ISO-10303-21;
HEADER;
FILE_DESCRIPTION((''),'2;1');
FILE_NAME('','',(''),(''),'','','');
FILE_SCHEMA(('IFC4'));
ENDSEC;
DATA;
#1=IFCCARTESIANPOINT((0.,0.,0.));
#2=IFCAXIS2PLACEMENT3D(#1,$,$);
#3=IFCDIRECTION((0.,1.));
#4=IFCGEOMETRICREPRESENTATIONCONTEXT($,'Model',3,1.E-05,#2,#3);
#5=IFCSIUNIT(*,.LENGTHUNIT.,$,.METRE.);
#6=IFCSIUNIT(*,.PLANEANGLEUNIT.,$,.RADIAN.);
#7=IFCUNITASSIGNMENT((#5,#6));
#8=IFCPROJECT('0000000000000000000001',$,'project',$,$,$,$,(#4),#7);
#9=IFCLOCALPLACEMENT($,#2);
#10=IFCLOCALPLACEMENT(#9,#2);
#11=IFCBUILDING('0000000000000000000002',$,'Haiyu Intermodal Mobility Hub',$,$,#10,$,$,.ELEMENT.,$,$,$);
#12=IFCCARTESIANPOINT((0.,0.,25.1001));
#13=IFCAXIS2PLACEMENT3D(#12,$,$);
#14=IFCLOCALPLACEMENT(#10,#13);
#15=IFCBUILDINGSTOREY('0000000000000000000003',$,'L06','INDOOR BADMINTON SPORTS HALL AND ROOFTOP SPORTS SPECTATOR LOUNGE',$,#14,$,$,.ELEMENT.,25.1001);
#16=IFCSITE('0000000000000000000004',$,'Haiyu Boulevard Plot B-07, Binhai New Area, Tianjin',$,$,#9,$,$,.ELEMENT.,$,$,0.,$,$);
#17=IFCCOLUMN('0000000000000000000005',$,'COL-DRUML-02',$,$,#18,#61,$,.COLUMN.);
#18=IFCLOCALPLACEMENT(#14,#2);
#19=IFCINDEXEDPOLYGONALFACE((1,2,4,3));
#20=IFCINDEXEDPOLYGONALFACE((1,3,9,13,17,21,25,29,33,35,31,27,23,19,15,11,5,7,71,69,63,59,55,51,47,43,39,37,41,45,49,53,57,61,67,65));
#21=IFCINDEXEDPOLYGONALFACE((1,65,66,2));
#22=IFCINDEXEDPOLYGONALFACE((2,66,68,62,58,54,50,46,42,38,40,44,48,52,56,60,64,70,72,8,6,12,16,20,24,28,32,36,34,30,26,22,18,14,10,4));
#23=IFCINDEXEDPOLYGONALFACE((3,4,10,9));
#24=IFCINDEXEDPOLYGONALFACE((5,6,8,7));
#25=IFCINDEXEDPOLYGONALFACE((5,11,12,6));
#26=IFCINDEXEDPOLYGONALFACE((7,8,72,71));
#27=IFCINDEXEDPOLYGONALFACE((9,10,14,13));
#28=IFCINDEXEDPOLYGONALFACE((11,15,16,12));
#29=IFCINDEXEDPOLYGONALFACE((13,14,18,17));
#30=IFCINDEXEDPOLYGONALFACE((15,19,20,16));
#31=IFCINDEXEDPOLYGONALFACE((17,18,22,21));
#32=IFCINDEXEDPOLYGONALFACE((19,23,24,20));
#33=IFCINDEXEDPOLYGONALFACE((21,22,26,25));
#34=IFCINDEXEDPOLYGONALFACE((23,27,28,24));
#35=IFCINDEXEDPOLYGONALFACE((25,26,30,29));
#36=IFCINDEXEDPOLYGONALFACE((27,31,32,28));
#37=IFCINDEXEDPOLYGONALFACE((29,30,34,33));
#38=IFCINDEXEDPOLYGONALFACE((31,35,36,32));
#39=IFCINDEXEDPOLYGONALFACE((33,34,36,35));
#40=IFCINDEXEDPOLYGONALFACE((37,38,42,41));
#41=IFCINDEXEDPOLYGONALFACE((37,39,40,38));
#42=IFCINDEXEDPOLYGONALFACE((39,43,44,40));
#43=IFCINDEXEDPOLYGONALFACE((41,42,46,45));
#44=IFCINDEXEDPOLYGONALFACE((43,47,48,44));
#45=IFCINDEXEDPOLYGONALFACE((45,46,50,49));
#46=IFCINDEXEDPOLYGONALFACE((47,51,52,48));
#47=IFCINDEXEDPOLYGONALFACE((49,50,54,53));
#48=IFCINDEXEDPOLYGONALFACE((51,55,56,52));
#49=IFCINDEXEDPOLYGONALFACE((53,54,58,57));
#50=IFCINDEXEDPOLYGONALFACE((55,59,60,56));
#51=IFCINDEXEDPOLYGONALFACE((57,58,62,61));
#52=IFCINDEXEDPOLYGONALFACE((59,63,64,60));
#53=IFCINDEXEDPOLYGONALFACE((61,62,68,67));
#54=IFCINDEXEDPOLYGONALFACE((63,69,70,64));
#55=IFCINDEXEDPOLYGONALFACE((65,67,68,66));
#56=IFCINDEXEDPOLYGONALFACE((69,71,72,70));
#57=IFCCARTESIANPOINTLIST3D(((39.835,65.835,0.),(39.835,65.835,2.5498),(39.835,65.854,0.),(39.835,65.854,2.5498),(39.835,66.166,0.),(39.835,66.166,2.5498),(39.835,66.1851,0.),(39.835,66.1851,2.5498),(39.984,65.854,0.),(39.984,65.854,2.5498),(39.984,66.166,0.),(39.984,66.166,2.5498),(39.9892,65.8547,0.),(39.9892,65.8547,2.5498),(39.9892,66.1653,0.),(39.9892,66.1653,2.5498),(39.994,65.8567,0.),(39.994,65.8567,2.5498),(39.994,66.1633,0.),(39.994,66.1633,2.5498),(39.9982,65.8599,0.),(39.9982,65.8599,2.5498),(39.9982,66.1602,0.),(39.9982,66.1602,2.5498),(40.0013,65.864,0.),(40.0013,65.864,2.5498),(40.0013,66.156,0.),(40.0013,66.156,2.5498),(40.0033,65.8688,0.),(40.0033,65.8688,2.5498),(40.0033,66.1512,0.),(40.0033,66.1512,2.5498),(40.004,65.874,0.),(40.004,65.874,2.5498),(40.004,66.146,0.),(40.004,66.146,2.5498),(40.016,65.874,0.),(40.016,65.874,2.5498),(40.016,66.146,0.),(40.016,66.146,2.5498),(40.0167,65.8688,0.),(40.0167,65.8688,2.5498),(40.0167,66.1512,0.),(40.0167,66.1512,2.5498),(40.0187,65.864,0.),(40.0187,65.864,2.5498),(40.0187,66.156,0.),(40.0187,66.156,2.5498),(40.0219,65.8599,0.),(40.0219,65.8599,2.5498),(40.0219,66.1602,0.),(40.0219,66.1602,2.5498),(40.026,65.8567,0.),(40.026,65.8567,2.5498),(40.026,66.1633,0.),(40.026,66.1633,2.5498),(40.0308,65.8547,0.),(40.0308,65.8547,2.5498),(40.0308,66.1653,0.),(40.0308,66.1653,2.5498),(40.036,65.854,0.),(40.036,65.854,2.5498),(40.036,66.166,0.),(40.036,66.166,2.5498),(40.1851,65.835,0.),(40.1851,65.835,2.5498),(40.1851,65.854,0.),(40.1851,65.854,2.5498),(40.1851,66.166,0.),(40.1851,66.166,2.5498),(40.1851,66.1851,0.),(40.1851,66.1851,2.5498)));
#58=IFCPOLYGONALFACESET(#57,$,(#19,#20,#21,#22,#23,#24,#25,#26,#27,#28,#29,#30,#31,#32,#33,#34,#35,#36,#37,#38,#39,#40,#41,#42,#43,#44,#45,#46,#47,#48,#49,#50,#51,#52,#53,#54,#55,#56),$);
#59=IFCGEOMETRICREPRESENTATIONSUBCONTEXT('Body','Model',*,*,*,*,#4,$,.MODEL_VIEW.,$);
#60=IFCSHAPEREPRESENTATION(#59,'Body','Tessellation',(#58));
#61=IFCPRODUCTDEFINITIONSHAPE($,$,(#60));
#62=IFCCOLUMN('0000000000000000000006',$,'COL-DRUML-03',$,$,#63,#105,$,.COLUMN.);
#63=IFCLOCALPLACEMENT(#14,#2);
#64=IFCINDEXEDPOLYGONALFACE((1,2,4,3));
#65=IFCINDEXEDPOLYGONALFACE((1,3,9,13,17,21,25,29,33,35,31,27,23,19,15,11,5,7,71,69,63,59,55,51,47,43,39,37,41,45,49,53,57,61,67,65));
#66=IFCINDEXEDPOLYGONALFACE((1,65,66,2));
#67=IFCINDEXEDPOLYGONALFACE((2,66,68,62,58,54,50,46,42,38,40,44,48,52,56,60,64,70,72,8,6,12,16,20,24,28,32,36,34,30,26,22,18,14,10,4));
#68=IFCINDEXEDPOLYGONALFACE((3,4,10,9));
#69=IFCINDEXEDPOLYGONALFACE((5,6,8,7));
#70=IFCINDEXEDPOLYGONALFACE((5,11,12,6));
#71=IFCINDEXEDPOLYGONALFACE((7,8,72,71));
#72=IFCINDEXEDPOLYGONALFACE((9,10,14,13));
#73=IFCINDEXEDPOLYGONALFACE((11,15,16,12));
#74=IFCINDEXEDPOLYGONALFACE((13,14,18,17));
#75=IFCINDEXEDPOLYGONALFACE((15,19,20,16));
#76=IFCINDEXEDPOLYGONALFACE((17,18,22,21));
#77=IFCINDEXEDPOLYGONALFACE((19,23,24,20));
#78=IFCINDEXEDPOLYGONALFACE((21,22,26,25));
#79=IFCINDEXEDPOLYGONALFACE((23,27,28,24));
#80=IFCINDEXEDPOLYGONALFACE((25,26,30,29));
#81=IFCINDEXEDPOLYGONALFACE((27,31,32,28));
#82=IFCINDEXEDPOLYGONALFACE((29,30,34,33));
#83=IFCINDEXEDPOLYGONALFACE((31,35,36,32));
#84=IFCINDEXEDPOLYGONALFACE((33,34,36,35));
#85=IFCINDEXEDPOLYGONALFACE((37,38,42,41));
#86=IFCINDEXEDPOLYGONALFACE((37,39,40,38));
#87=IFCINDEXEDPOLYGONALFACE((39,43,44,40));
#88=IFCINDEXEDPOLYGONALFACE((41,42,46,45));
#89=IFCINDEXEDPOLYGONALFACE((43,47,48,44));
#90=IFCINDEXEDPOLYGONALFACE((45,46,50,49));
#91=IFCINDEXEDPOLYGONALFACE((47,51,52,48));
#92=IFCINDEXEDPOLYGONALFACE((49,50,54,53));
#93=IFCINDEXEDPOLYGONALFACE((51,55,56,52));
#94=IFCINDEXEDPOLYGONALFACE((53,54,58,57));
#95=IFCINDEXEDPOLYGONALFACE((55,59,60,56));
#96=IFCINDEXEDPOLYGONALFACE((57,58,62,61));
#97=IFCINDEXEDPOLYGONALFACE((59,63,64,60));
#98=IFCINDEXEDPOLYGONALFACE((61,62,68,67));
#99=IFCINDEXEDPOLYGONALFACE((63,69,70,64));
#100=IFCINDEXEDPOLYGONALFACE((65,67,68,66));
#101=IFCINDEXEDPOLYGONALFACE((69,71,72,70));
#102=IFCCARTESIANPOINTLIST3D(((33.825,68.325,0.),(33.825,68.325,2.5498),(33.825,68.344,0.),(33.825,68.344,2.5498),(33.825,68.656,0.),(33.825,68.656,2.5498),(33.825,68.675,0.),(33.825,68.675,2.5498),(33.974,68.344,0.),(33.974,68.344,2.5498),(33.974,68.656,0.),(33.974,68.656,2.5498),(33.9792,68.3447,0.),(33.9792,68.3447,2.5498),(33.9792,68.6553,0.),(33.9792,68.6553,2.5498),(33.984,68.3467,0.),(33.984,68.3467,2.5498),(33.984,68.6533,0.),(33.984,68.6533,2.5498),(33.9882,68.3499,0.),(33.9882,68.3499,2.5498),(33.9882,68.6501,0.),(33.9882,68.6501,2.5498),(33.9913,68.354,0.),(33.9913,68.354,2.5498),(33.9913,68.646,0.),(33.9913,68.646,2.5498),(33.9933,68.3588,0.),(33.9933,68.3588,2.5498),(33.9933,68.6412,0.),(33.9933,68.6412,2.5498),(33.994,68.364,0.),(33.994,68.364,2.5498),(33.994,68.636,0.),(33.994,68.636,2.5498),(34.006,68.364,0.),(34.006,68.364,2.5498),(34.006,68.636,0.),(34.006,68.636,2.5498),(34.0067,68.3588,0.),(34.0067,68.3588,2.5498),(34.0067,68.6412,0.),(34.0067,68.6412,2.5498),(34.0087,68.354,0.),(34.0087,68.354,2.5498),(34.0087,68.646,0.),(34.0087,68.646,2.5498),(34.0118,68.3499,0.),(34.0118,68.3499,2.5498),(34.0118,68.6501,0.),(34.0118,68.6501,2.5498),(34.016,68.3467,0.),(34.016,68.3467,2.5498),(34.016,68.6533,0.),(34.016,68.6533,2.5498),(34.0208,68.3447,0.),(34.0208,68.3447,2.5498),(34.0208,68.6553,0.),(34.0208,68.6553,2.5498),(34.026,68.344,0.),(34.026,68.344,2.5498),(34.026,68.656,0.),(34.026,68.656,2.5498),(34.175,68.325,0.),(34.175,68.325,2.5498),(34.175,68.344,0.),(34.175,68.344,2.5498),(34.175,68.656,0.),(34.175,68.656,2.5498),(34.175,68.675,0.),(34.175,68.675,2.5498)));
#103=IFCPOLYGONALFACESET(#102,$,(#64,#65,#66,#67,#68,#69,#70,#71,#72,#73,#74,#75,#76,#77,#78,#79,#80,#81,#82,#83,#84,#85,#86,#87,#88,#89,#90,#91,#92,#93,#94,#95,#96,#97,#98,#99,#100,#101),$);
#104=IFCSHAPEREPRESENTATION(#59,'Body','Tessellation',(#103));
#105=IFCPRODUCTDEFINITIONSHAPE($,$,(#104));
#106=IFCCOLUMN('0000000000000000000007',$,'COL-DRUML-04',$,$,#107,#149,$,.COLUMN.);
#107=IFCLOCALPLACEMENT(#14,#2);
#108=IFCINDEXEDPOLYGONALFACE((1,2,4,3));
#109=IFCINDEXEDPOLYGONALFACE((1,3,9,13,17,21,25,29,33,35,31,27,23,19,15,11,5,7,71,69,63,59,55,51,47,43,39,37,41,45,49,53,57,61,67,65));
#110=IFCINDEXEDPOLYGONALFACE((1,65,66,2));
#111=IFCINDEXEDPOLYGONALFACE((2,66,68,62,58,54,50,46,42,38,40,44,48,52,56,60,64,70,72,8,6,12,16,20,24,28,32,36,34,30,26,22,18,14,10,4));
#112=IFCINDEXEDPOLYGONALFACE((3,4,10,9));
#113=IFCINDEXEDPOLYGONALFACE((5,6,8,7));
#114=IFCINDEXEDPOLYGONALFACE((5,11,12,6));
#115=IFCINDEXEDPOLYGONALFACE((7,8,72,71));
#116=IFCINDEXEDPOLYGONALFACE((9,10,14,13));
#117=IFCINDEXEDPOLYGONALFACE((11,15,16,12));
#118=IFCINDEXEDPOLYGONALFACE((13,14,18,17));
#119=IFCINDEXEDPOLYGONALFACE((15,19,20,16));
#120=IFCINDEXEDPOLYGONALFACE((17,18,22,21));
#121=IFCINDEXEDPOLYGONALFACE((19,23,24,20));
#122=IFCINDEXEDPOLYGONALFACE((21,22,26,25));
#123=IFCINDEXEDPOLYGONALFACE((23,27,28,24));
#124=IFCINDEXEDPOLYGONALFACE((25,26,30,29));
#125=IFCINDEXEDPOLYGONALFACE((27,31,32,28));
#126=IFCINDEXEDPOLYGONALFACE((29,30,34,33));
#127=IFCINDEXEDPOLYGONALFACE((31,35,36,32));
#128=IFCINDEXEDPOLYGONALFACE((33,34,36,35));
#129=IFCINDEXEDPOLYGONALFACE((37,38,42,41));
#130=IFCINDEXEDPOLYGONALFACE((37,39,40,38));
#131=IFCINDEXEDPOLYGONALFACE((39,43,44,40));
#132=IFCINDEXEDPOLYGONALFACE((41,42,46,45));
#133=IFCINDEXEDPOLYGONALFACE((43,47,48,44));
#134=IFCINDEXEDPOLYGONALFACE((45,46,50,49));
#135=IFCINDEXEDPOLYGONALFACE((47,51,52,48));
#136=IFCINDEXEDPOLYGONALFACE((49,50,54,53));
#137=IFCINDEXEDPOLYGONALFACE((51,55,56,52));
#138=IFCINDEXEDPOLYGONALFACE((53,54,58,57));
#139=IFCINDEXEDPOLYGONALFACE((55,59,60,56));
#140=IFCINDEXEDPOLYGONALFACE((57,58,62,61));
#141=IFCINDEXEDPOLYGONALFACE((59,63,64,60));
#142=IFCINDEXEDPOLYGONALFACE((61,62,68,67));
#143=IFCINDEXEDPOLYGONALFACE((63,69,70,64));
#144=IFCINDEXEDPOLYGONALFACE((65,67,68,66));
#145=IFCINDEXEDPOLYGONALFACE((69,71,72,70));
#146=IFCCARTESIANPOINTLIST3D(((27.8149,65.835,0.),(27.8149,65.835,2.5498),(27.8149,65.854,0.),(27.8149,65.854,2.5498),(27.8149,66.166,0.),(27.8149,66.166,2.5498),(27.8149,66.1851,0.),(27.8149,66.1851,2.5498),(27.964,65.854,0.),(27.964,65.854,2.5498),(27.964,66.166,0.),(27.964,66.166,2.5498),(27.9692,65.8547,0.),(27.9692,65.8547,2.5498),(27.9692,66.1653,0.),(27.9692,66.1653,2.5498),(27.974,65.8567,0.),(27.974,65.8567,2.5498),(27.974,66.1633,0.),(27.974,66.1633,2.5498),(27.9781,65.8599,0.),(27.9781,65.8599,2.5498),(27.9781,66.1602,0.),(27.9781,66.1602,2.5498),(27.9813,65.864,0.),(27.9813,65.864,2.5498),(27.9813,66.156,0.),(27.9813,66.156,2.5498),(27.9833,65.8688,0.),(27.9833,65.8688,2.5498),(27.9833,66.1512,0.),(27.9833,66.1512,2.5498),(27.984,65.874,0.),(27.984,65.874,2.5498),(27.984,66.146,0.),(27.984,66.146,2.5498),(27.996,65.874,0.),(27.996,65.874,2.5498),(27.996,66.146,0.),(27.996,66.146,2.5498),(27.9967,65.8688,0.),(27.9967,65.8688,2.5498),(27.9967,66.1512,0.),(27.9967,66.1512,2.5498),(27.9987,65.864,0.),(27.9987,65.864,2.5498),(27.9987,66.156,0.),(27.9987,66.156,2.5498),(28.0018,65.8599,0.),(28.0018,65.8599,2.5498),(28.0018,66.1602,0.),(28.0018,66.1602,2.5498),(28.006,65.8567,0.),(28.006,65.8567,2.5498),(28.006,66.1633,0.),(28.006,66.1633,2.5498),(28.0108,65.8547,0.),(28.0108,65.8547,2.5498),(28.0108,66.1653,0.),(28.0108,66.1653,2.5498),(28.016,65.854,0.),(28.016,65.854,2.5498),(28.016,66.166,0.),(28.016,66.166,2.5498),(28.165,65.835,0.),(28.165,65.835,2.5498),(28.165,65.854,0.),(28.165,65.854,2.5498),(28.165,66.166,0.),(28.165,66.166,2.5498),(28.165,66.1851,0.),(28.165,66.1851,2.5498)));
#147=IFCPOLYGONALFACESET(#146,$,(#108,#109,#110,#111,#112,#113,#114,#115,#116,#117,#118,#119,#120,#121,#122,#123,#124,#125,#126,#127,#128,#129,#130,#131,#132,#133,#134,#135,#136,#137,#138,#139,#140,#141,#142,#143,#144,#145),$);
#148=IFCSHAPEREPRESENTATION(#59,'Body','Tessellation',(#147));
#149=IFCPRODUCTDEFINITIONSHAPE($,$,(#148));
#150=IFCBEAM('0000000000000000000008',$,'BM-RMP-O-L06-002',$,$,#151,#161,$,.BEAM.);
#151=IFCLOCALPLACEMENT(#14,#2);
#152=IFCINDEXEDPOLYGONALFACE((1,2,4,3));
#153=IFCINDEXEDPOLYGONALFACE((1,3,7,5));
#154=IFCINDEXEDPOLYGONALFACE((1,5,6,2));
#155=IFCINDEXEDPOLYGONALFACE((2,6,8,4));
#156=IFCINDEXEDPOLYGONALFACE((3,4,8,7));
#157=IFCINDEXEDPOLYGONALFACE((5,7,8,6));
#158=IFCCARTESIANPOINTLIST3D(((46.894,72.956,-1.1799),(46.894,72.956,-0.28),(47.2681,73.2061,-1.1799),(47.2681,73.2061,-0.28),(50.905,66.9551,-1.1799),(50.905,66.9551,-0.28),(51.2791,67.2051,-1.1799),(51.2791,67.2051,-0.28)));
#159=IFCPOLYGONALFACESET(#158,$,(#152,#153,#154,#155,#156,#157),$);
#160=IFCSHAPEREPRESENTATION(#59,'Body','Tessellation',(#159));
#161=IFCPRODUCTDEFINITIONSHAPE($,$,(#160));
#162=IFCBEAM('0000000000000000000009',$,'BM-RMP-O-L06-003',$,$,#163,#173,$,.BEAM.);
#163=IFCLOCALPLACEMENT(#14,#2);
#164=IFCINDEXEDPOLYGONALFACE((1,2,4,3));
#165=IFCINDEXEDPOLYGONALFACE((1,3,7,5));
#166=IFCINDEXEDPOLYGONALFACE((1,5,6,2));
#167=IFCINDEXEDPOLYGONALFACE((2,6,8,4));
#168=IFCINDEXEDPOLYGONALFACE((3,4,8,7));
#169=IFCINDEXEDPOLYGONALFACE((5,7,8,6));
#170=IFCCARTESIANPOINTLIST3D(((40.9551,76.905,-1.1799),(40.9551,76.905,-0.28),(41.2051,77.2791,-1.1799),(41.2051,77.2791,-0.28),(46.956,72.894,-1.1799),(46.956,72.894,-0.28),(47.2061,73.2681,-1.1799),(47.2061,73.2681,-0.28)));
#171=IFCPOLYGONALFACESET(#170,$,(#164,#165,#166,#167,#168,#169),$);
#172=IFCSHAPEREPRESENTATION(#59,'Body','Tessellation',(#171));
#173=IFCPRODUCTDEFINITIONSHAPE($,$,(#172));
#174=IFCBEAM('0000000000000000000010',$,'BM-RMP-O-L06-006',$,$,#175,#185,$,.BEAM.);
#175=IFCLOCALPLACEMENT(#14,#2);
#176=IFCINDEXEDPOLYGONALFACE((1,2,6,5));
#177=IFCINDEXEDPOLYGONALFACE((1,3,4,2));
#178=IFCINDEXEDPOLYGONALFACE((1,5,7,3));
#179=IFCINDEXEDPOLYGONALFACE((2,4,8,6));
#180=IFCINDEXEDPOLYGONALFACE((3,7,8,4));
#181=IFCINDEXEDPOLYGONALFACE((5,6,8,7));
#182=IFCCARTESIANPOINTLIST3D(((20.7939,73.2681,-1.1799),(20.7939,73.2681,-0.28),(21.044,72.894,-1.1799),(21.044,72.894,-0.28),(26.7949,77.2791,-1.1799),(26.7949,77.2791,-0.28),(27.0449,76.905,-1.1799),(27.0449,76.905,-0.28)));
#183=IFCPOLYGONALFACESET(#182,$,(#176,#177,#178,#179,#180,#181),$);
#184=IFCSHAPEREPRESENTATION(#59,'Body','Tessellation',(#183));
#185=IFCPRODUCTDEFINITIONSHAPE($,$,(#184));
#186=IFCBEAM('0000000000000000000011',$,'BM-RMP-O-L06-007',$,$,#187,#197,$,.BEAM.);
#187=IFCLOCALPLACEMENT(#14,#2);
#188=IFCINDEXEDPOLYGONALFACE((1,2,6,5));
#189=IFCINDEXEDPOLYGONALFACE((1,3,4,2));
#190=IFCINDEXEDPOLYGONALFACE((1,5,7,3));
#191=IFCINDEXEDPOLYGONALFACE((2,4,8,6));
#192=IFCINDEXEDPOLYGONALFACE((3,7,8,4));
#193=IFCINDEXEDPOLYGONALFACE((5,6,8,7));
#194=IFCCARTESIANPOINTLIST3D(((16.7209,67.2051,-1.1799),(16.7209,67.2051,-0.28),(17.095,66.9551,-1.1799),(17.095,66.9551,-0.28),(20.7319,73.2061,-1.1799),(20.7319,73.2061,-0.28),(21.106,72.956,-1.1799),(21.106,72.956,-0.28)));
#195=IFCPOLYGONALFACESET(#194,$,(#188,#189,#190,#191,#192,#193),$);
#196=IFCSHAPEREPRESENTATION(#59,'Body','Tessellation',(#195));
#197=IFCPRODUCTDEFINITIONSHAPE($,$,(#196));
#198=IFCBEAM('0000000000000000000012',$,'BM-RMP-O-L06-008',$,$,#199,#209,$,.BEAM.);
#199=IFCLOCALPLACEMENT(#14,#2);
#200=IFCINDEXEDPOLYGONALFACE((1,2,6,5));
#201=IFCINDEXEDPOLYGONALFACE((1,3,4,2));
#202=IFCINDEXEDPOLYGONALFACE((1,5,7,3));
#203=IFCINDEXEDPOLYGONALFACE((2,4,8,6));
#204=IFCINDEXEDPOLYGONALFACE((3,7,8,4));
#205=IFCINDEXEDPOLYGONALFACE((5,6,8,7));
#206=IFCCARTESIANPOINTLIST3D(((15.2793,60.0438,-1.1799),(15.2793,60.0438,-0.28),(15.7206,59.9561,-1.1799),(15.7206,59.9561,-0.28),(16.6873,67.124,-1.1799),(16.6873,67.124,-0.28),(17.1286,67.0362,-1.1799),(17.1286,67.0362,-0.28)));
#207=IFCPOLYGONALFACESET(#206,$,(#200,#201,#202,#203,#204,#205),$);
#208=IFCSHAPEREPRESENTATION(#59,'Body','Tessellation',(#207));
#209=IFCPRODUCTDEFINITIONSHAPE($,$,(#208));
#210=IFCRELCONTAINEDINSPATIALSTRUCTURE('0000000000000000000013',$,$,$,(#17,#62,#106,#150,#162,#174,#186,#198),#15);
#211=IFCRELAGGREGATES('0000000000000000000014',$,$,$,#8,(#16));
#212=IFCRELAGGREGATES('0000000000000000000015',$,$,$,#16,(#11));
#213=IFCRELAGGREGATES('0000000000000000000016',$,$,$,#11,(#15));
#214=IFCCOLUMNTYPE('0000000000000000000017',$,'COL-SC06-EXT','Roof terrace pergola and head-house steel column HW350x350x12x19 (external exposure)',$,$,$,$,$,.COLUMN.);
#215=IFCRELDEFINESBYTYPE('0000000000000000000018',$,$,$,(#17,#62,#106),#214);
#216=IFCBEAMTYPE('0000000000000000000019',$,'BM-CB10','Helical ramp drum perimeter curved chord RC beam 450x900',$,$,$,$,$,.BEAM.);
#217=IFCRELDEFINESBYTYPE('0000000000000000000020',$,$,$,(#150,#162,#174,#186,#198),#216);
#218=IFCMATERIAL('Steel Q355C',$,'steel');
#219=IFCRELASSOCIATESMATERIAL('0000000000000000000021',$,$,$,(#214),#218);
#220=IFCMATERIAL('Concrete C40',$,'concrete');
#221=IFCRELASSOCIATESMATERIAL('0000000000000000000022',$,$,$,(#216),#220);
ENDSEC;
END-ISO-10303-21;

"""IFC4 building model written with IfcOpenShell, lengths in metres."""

from ifc_helpers import new_model, si_unit, direction, frame, origin, origin_2d, place, context, subcontext, project, spatial, rectangle, i_section, extrude, material, material_profile, profile_set, type_object, element, save


model = new_model("IFC4")

# Units and contexts
model_context = context("Model", 3, precision=1e-05, world=origin(), true_north=direction((0.0, 1.0)))
body_context = subcontext(model_context, "Body", "Model", "MODEL_VIEW")
ifc_project = project(units=[si_unit("LENGTHUNIT", "METRE"), si_unit("PLANEANGLEUNIT", "RADIAN")], contexts=[model_context])

# Site, building, storey
site_placement = place(None, origin())
site = spatial("IfcSite", under=ifc_project, at=site_placement, Name="Haiyu Boulevard Plot B-07, Binhai New Area, Tianjin", CompositionType="ELEMENT", RefElevation=0.0)
building_placement = place(site_placement, origin())
building = spatial("IfcBuilding", under=site, at=building_placement, Name="Haiyu Intermodal Mobility Hub", CompositionType="ELEMENT")
storey_placement = place(building_placement, frame((0.0, 0.0, 25.1001)))
storey = spatial("IfcBuildingStorey", under=building, at=storey_placement, Name="L06", Description="INDOOR BADMINTON SPORTS HALL AND ROOFTOP SPORTS SPECTATOR LOUNGE", CompositionType="ELEMENT", Elevation=25.1001)

# Columns
ifc_material_1 = material(Name="Steel Q355C", Category="steel")
ifc_material_profile_1 = material_profile(ifc_material_1, i_section(OverallWidth=0.3501, OverallDepth=0.3501, WebThickness=0.012, FlangeThickness=0.019, FilletRadius=0.02, at=origin_2d()), Name="HW350x350x12x19")
ifc_profile_set_1 = profile_set([ifc_material_profile_1], Name="Steel Q355C")
column_type = type_object("IfcColumnType", Name="COL-SC06-EXT", Description="Roof terrace pergola and head-house steel column HW350x350x12x19 (external exposure)", PredefinedType="COLUMN", material=ifc_profile_set_1)
for number, where, z_axis, x_axis, name in (
    (1, (40.01, 66.01, 0.0), (0.0, 0.0, 1.0), (1.0, 0.0, 0.0), "COL-DRUML-02"),
    (2, (34.0, 68.5, 0.0), (0.0, 0.0, 1.0), (1.0, 0.0, 0.0), "COL-DRUML-03"),
    (3, (27.99, 66.01, 0.0), (0.0, 0.0, 1.0), (1.0, 0.0, 0.0), "COL-DRUML-04"),
):
    element("IfcColumn", number, at=place(storey_placement, frame(where, z_axis=z_axis, x_axis=x_axis)), inside=storey, type_object=column_type, Name=name, PredefinedType="COLUMN", context=body_context, shape_type="SweptSolid", body=[
        extrude(i_section(OverallWidth=0.3501, OverallDepth=0.3501, WebThickness=0.012, FlangeThickness=0.019, FilletRadius=0.02, at=origin_2d()), origin(), (0.0, 0.0, 1.0), 2.5498),
    ])

# Beams
ifc_material_2 = material(Name="Concrete C40", Category="concrete")
ifc_material_profile_2 = material_profile(ifc_material_2, rectangle(XDim=0.45, YDim=0.8999, at=origin_2d()), Name="RCB450x900")
ifc_profile_set_2 = profile_set([ifc_material_profile_2], Name="Concrete C40")
beam_type_1 = type_object("IfcBeamType", Name="BM-CB10", Description="Helical ramp drum perimeter curved chord RC beam 450x900", PredefinedType="BEAM", material=ifc_profile_set_2)
for number, where, z_axis, x_axis, name in (
    (4, (51.092, 67.0801, -0.73), (-0.555691, 0.831389, 0.0), (-0.831389, -0.555691, 0.0), "BM-RMP-O-L06-002"),
    (5, (47.0811, 73.0811, -0.73), (-0.831389, 0.555691, 0.0), (-0.555691, -0.831389, 0.0), "BM-RMP-O-L06-003"),
    (6, (26.9199, 77.092, -0.73), (-0.831389, -0.555691, 0.0), (0.555691, -0.831389, 0.0), "BM-RMP-O-L06-006"),
    (7, (20.9189, 73.0811, -0.73), (-0.555691, -0.831389, 0.0), (0.831389, -0.555691, 0.0), "BM-RMP-O-L06-007"),
):
    element("IfcBeam", number, at=place(storey_placement, frame(where, z_axis=z_axis, x_axis=x_axis)), inside=storey, type_object=beam_type_1, Name=name, PredefinedType="BEAM", context=body_context, shape_type="SweptSolid", body=[
        extrude(rectangle(XDim=0.45, YDim=0.8999, at=origin_2d()), origin(), (0.0, 0.0, 1.0), 7.218),
    ])
beam_1_placement = place(storey_placement, frame((16.908, 67.0801, -0.73), z_axis=(-0.195043, -0.980795, 0.0), x_axis=(0.980795, -0.195043, 0.0)))
element("IfcBeam", 8, at=beam_1_placement, inside=storey, type_object=beam_type_1, Name="BM-RMP-O-L06-008", PredefinedType="BEAM", context=body_context, shape_type="SweptSolid", body=[
    extrude(rectangle(XDim=0.45, YDim=0.8999, at=origin_2d()), origin(), (0.0, 0.0, 1.0), 7.2188),
])

save(model, "model.ifc")
